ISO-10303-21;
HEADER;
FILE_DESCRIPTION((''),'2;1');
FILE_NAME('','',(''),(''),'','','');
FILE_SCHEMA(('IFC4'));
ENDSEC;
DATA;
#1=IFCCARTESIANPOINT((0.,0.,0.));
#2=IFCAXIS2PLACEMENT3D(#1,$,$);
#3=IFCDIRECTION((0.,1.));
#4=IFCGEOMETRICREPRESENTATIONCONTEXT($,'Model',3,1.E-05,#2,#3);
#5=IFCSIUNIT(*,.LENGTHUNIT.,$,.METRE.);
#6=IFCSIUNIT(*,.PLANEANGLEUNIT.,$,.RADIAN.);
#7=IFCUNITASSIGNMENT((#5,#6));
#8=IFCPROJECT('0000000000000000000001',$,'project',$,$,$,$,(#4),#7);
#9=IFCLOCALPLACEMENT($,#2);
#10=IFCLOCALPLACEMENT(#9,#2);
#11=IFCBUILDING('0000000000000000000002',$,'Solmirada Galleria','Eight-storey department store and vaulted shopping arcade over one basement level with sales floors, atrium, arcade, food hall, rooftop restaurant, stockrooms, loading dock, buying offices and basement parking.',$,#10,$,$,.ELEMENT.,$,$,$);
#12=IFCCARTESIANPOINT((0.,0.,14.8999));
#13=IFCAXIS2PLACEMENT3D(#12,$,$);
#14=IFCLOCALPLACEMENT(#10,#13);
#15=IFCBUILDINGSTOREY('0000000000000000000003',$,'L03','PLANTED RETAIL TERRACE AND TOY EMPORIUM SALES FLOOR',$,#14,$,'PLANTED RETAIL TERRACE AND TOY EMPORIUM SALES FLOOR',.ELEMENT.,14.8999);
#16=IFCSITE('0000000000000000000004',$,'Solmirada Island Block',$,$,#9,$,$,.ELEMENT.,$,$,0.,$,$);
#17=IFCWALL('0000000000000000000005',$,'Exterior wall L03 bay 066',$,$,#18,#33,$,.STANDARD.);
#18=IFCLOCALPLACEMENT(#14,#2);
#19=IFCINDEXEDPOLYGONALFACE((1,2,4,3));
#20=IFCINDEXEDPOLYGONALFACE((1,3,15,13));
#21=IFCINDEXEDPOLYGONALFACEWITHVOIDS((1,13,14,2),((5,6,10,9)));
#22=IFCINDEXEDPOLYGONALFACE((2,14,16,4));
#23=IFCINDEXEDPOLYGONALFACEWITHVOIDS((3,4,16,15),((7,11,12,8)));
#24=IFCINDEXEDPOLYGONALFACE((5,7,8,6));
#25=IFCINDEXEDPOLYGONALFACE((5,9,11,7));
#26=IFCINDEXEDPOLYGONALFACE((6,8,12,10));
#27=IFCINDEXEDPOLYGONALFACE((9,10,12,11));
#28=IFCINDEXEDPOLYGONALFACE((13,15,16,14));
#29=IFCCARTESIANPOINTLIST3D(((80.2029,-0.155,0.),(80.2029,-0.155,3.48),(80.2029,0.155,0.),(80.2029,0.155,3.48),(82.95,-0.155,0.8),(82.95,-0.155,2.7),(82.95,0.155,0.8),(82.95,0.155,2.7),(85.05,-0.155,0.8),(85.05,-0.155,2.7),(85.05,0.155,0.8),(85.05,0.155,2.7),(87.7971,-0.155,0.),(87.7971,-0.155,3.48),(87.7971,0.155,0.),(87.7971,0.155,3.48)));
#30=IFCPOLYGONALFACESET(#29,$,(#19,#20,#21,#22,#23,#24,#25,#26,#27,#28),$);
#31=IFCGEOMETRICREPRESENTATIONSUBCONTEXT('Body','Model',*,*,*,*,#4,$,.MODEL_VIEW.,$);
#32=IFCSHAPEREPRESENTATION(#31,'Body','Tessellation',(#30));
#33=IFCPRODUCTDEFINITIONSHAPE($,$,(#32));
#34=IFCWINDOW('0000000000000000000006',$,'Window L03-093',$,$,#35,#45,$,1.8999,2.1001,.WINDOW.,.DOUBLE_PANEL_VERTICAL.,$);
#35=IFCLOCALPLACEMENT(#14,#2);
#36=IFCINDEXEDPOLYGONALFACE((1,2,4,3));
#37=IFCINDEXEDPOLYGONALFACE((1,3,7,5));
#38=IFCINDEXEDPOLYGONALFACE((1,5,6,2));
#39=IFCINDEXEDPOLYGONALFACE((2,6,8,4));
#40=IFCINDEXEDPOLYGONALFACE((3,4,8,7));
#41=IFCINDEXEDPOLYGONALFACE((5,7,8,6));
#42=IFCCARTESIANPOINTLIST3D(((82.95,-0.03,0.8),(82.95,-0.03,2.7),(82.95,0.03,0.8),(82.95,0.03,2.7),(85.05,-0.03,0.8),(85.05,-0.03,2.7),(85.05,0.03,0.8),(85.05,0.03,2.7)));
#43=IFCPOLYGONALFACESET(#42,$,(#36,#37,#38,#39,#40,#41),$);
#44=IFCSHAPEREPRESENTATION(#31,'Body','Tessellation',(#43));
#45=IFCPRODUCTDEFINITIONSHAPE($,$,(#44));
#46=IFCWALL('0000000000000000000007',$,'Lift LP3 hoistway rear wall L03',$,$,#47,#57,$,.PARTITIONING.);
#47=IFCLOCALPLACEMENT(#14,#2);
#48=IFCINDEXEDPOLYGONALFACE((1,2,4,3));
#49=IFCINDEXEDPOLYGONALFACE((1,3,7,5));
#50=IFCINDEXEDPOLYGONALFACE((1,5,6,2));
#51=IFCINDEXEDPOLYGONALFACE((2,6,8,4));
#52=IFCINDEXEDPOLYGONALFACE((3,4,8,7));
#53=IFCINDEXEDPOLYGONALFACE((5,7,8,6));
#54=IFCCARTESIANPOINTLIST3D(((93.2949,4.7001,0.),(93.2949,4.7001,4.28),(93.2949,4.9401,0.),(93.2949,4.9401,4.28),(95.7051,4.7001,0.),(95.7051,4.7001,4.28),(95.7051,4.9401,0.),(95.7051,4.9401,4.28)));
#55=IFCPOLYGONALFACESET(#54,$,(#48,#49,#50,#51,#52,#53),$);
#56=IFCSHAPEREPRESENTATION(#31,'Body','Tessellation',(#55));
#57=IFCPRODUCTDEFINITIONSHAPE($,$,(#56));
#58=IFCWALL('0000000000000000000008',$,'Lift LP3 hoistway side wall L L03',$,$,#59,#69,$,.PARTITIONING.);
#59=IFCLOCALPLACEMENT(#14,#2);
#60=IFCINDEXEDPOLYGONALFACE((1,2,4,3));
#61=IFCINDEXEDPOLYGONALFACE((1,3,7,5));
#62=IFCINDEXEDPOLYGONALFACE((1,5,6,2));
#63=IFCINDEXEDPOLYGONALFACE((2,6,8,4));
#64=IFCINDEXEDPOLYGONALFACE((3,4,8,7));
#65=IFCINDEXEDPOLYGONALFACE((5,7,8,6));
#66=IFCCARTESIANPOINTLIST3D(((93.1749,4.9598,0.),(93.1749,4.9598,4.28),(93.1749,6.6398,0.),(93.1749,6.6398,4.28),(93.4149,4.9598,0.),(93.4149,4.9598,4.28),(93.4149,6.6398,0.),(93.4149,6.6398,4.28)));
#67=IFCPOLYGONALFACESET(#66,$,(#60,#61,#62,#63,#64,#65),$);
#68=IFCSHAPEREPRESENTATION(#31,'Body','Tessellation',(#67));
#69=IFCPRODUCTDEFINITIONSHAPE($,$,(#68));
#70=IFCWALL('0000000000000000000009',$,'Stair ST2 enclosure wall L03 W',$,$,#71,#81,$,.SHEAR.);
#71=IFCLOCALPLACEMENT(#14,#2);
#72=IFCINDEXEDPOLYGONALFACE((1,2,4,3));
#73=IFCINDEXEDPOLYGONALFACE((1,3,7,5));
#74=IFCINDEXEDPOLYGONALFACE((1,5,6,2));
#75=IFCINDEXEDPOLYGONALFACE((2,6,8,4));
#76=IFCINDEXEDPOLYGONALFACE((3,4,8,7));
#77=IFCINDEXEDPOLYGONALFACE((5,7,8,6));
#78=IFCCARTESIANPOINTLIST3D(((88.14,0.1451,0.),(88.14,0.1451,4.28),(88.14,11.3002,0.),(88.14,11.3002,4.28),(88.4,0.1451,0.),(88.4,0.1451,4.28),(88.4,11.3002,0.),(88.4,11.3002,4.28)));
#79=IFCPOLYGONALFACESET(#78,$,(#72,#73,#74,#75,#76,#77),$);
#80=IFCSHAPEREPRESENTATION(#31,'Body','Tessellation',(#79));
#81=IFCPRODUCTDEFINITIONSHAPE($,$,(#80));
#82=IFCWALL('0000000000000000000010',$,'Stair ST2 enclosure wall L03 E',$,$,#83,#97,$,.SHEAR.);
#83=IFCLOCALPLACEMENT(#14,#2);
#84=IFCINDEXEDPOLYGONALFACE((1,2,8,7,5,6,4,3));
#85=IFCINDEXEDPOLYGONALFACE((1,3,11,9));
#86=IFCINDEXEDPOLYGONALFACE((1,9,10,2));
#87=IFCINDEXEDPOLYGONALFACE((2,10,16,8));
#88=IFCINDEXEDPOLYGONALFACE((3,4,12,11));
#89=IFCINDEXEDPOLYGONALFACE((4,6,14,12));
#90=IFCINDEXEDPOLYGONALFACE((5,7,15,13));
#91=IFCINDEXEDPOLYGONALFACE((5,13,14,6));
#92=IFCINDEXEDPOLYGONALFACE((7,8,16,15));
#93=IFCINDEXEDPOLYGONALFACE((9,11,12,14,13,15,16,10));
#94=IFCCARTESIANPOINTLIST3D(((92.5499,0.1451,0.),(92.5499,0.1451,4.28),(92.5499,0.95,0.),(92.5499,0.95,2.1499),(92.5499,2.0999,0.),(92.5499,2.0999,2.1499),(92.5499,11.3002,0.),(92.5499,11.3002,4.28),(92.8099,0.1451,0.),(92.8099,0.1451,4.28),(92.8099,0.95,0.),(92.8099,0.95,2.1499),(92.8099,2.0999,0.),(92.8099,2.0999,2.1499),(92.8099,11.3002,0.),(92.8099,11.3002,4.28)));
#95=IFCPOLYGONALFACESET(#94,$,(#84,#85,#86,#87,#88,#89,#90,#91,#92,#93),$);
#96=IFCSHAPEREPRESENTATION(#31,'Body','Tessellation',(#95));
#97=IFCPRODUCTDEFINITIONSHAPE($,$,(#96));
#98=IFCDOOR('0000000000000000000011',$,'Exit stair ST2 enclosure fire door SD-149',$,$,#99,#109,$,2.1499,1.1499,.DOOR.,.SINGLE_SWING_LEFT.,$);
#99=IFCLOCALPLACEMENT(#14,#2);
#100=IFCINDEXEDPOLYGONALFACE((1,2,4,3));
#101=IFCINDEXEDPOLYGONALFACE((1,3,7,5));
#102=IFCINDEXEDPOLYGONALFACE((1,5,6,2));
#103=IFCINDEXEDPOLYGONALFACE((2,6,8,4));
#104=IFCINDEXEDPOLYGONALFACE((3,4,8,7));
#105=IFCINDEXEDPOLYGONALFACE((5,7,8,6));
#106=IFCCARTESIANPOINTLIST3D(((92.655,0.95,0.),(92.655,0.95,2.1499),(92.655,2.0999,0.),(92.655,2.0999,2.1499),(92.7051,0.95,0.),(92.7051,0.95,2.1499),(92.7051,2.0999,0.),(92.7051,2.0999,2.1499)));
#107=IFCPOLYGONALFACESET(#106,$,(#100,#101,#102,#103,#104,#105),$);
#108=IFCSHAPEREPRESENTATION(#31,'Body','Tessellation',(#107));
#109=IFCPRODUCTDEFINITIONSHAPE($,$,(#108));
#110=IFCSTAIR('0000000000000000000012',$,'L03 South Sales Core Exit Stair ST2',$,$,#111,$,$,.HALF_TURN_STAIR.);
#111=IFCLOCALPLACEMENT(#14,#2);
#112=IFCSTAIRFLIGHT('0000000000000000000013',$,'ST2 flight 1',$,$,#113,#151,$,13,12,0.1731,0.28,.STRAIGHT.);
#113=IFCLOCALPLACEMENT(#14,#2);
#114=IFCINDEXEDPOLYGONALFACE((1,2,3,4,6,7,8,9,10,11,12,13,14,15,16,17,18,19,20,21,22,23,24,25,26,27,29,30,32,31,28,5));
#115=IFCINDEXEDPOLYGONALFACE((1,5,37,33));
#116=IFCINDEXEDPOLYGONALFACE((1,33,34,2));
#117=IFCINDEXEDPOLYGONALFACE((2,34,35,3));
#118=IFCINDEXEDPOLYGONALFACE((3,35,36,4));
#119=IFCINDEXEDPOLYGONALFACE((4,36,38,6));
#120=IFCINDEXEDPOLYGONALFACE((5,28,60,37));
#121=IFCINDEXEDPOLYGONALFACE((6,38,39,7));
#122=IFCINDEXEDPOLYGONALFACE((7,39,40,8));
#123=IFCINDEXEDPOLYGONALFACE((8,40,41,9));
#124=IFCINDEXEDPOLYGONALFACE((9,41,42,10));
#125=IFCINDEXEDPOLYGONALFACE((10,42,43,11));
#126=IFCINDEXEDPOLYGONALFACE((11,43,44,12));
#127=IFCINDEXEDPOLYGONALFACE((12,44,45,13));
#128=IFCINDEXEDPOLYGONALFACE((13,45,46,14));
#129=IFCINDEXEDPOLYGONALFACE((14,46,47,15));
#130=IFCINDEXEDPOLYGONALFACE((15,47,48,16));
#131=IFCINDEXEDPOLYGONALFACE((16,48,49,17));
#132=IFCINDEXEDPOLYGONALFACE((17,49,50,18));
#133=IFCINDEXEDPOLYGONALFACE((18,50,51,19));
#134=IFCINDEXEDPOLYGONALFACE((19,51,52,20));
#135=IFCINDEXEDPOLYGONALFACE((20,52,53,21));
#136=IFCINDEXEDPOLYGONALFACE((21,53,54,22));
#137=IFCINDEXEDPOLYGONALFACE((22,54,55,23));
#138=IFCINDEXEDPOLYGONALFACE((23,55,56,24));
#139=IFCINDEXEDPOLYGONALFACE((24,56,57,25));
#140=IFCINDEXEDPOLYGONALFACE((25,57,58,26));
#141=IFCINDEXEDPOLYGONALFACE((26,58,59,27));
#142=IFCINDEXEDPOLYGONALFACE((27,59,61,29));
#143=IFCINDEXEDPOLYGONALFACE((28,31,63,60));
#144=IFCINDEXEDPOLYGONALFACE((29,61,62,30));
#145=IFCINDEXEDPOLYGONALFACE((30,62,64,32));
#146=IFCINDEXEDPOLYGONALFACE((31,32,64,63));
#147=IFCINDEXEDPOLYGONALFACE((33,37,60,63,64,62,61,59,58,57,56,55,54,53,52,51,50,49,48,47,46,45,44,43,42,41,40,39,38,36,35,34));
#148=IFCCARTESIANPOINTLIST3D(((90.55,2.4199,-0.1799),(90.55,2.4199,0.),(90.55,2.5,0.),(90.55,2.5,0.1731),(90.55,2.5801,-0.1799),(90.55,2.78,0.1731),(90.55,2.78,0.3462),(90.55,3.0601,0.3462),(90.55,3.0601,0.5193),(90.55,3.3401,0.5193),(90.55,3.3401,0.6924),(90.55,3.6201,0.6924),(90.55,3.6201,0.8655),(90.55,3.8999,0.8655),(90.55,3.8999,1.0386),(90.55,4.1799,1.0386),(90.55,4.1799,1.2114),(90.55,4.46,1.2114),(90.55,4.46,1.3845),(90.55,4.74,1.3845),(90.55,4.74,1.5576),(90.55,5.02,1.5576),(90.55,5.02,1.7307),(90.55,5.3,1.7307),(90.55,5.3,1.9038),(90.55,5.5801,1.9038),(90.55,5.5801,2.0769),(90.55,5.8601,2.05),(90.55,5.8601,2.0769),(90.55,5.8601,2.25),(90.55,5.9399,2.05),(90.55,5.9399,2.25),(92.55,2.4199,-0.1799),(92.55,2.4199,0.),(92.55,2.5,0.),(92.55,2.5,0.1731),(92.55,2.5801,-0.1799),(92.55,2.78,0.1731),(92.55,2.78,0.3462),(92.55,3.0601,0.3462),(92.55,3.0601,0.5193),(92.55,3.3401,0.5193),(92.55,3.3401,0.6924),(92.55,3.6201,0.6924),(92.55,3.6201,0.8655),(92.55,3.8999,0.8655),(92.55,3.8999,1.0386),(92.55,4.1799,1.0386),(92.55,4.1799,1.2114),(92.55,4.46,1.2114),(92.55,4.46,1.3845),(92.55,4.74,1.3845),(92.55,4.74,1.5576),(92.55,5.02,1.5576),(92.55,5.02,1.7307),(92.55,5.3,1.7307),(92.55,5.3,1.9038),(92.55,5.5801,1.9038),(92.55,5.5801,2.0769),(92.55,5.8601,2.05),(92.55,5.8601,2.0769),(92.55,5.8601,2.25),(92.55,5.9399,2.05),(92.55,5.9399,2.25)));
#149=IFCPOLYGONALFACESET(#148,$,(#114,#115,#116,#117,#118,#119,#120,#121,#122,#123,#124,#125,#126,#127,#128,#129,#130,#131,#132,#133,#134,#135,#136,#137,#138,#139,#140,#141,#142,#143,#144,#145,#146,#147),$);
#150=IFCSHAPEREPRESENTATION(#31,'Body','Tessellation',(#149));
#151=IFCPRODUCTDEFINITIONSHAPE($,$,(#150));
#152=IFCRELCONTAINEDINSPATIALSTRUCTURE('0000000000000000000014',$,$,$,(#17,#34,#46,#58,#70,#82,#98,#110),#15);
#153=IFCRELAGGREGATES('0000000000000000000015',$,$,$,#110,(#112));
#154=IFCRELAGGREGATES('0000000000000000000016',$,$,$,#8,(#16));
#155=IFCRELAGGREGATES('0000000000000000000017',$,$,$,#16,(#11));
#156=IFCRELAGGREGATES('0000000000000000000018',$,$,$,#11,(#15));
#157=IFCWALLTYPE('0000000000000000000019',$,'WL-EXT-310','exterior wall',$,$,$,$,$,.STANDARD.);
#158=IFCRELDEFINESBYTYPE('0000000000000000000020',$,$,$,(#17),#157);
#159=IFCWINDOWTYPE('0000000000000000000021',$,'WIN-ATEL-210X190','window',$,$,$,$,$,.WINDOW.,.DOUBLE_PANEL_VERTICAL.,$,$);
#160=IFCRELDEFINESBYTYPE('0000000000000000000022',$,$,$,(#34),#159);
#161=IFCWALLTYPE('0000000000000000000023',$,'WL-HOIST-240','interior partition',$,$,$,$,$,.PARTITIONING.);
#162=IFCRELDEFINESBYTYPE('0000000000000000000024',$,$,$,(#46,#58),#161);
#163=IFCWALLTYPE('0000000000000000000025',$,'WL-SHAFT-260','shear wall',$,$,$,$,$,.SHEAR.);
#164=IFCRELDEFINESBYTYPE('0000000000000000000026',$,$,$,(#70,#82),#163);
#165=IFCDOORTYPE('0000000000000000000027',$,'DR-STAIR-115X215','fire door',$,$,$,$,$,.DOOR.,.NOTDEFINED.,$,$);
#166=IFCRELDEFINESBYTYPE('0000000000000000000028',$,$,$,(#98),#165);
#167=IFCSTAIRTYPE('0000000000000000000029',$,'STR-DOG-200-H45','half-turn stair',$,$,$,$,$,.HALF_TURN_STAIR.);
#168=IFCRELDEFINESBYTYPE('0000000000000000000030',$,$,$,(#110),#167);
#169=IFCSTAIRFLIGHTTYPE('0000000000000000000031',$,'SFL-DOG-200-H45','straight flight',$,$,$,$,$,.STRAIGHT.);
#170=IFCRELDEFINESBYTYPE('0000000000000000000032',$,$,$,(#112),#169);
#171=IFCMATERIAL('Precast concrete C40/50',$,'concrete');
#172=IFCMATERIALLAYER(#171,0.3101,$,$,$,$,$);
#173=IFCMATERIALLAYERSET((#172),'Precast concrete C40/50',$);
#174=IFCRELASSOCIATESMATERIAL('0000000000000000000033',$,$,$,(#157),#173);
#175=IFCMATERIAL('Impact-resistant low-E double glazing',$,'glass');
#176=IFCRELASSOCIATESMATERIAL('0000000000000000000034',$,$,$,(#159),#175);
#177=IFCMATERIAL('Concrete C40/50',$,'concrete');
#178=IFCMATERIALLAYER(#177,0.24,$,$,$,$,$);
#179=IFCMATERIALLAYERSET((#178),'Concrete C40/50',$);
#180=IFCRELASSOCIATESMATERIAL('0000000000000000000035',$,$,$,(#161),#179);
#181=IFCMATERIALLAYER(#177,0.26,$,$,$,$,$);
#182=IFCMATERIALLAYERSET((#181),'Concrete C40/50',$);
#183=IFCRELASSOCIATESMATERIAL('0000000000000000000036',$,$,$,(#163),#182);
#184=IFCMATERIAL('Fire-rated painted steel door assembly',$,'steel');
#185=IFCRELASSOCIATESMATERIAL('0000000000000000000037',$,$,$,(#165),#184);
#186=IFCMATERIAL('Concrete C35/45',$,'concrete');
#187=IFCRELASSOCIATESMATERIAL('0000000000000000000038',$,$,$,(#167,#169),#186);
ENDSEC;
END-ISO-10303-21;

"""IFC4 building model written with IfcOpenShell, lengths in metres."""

from ifc_helpers import new_model, si_unit, direction, frame, frame_2d, origin, place, context, subcontext, project, spatial, polyline, rectangle, outline, extrude, material, layer, layer_set, type_object, element, fill, aggregate, save


model = new_model("IFC4")

# Units and contexts
model_context = context("Model", 3, precision=1e-05, world=origin(), true_north=direction((0.0, 1.0)))
body_context = subcontext(model_context, "Body", "Model", "MODEL_VIEW")
ifc_project = project(units=[si_unit("LENGTHUNIT", "METRE"), si_unit("PLANEANGLEUNIT", "RADIAN")], contexts=[model_context])

# Site, building, storey
site_placement = place(None, origin())
site = spatial("IfcSite", under=ifc_project, at=site_placement, Name="Solmirada Island Block", CompositionType="ELEMENT", RefElevation=0.0)
building_placement = place(site_placement, origin())
building = spatial("IfcBuilding", under=site, at=building_placement, Name="Solmirada Galleria", Description="Eight-storey department store and vaulted shopping arcade over one basement level with sales floors, atrium, arcade, food hall, rooftop restaurant, stockrooms, loading dock, buying offices and basement parking.", CompositionType="ELEMENT")
storey_placement = place(building_placement, frame((0.0, 0.0, 14.8999)))
storey = spatial("IfcBuildingStorey", under=building, at=storey_placement, Name="L03", Description="PLANTED RETAIL TERRACE AND TOY EMPORIUM SALES FLOOR", LongName="PLANTED RETAIL TERRACE AND TOY EMPORIUM SALES FLOOR", CompositionType="ELEMENT", Elevation=14.8999)

# Shared definitions
ifc_material_1 = material(Name="Concrete C40/50", Category="concrete")

# Shared definitions
ifc_material_2 = material(Name="Fire-rated painted steel door assembly", Category="steel")

# Shared definitions
ifc_material_3 = material(Name="Precast concrete C40/50", Category="concrete")
ifc_layer_1 = layer(ifc_material_3, 0.3101)
ifc_layer_set_1 = layer_set([ifc_layer_1], Name="Precast concrete C40/50")
wall_type_1 = type_object("IfcWallType", Name="WL-EXT-310", Description="exterior wall", PredefinedType="STANDARD", material=ifc_layer_set_1)

# Wall, opening, window
wall_1_placement = place(storey_placement, frame((87.7971, 0.0, 0.0), z_axis=(0.0, 0.0, 1.0), x_axis=(-1.0, 0.0, 0.0)))
wall_1 = element("IfcWall", 1, at=wall_1_placement, inside=storey, type_object=wall_type_1, Name="Exterior wall L03 bay 066", PredefinedType="STANDARD", context=body_context, shape_type="SweptSolid", body=[
    extrude(rectangle(XDim=7.5942, YDim=0.3101, at=frame_2d((3.7971, 0.0))), origin(), (0.0, 0.0, 1.0), 3.48),
])
opening_1_placement = place(wall_1_placement, frame((2.7471, 0.0, 0.8)))
opening_1 = element("IfcOpeningElement", 2, at=opening_1_placement, cuts=wall_1, PredefinedType="OPENING", context=body_context, shape_type="SweptSolid", body=[
    extrude(rectangle(XDim=2.1001, YDim=1.8999, at=frame_2d((1.05, 0.95))), frame((0.0, 0.165, 0.0), z_axis=(0.0, -1.0, 0.0), x_axis=(1.0, 0.0, 0.0)), (0.0, 0.0, 1.0), 0.3301),
])
ifc_material_4 = material(Name="Impact-resistant low-E double glazing", Category="glass")
window_type = type_object("IfcWindowType", Name="WIN-ATEL-210X190", Description="window", PartitioningType="DOUBLE_PANEL_VERTICAL", PredefinedType="WINDOW", material=ifc_material_4)
window_placement = place(opening_1_placement, origin())
window = element("IfcWindow", 3, at=window_placement, inside=storey, type_object=window_type, Name="Window L03-093", OverallHeight=1.8999, OverallWidth=2.1001, PartitioningType="DOUBLE_PANEL_VERTICAL", PredefinedType="WINDOW", context=body_context, shape_type="SweptSolid", body=[
    extrude(rectangle(XDim=2.1001, YDim=1.8999, at=frame_2d((1.05, 0.95))), frame((0.0, 0.03, 0.0), z_axis=(0.0, -1.0, 0.0), x_axis=(1.0, 0.0, 0.0)), (0.0, 0.0, 1.0), 0.0601),
])
fill(opening_1, window)

# Shared definitions
ifc_layer_2 = layer(ifc_material_1, 0.24)
ifc_layer_set_2 = layer_set([ifc_layer_2], Name="Concrete C40/50")
wall_type_2 = type_object("IfcWallType", Name="WL-HOIST-240", Description="interior partition", PredefinedType="PARTITIONING", material=ifc_layer_set_2)

# Walls
wall_2_placement = place(storey_placement, frame((93.2949, 4.8201, 0.0), z_axis=(0.0, 0.0, 1.0), x_axis=(1.0, 0.0, 0.0)))
element("IfcWall", 4, at=wall_2_placement, inside=storey, type_object=wall_type_2, Name="Lift LP3 hoistway rear wall L03", PredefinedType="PARTITIONING", context=body_context, shape_type="SweptSolid", body=[
    extrude(rectangle(XDim=2.4102, YDim=0.24, at=frame_2d((1.2051, 0.0))), origin(), (0.0, 0.0, 1.0), 4.28),
])
wall_3_placement = place(storey_placement, frame((93.2949, 4.96, 0.0), z_axis=(0.0, 0.0, 1.0), x_axis=(0.0, 1.0, 0.0)))
element("IfcWall", 5, at=wall_3_placement, inside=storey, type_object=wall_type_2, Name="Lift LP3 hoistway side wall L L03", PredefinedType="PARTITIONING", context=body_context, shape_type="SweptSolid", body=[
    extrude(rectangle(XDim=1.6799, YDim=0.24, at=frame_2d((0.8398, 0.0))), origin(), (0.0, 0.0, 1.0), 4.28),
])
ifc_layer_3 = layer(ifc_material_1, 0.26)
ifc_layer_set_3 = layer_set([ifc_layer_3], Name="Concrete C40/50")
wall_type_3 = type_object("IfcWallType", Name="WL-SHAFT-260", Description="shear wall", PredefinedType="SHEAR", material=ifc_layer_set_3)
wall_4_placement = place(storey_placement, frame((88.27, 0.145, 0.0), z_axis=(0.0, 0.0, 1.0), x_axis=(0.0, 1.0, 0.0)))
element("IfcWall", 6, at=wall_4_placement, inside=storey, type_object=wall_type_3, Name="Stair ST2 enclosure wall L03 W", PredefinedType="SHEAR", context=body_context, shape_type="SweptSolid", body=[
    extrude(rectangle(XDim=11.155, YDim=0.26, at=frame_2d((5.5776, 0.0))), origin(), (0.0, 0.0, 1.0), 4.28),
])

# Wall, opening, door
wall_5_placement = place(storey_placement, frame((92.6799, 0.145, 0.0), z_axis=(0.0, 0.0, 1.0), x_axis=(0.0, 1.0, 0.0)))
wall_5 = element("IfcWall", 7, at=wall_5_placement, inside=storey, type_object=wall_type_3, Name="Stair ST2 enclosure wall L03 E", PredefinedType="SHEAR", context=body_context, shape_type="SweptSolid", body=[
    extrude(rectangle(XDim=11.155, YDim=0.26, at=frame_2d((5.5776, 0.0))), origin(), (0.0, 0.0, 1.0), 4.28),
])
opening_2_placement = place(wall_5_placement, frame((0.8049, 0.0, 0.0)))
opening_2 = element("IfcOpeningElement", 8, at=opening_2_placement, cuts=wall_5, PredefinedType="OPENING", context=body_context, shape_type="SweptSolid", body=[
    extrude(rectangle(XDim=1.1499, YDim=2.1499, at=frame_2d((0.575, 1.075))), frame((0.0, 0.1399, 0.0), z_axis=(0.0, -1.0, 0.0), x_axis=(1.0, 0.0, 0.0)), (0.0, 0.0, 1.0), 0.28),
])
door_type_1 = type_object("IfcDoorType", Name="DR-STAIR-115X215", Description="fire door", OperationType="NOTDEFINED", PredefinedType="DOOR", material=ifc_material_2)
door_1_placement = place(opening_2_placement, origin())
door_1 = element("IfcDoor", 9, at=door_1_placement, inside=storey, type_object=door_type_1, Name="Exit stair ST2 enclosure fire door SD-149", OperationType="SINGLE_SWING_LEFT", OverallHeight=2.1499, OverallWidth=1.1499, PredefinedType="DOOR", context=body_context, shape_type="SweptSolid", body=[
    extrude(rectangle(XDim=1.1499, YDim=2.1499, at=frame_2d((0.575, 1.075))), frame((0.0, 0.0249, 0.0), z_axis=(0.0, -1.0, 0.0), x_axis=(1.0, 0.0, 0.0)), (0.0, 0.0, 1.0), 0.05),
])
fill(opening_2, door_1)

# Stair, stair flight
ifc_material_5 = material(Name="Concrete C35/45", Category="concrete")
stair_type = type_object("IfcStairType", Name="STR-DOG-200-H45", Description="half-turn stair", PredefinedType="HALF_TURN_STAIR", material=ifc_material_5)
stair_placement = place(storey_placement, origin())
stair = element("IfcStair", 10, at=stair_placement, inside=storey, type_object=stair_type, Name="L03 South Sales Core Exit Stair ST2", PredefinedType="HALF_TURN_STAIR")
stair_flight_type = type_object("IfcStairFlightType", Name="SFL-DOG-200-H45", Description="straight flight", PredefinedType="STRAIGHT", material=ifc_material_5)
stair_flight_1_placement = place(storey_placement, frame((91.55, 2.5, 0.0), z_axis=(0.0, 0.0, 1.0), x_axis=(0.0, 1.0, 0.0)))
stair_flight_1 = element("IfcStairFlight", 11, at=stair_flight_1_placement, type_object=stair_flight_type, Name="ST2 flight 1", NumberOfRisers=13, NumberOfTreads=12, PredefinedType="STRAIGHT", RiserHeight=0.1731, TreadLength=0.28, context=body_context, shape_type="SweptSolid", body=[
    extrude(outline(polyline([(-0.0801, 0.0), (0.0, 0.0), (0.0, 0.1731), (0.28, 0.1731), (0.28, 0.3462), (0.5601, 0.3462), (0.5601, 0.5193), (0.8401, 0.5193), (0.8401, 0.6924), (1.1201, 0.6924), (1.1201, 0.8655), (1.3999, 0.8655), (1.3999, 1.0386), (1.6799, 1.0386), (1.6799, 1.2114), (1.96, 1.2114), (1.96, 1.3845), (2.24, 1.3845), (2.24, 1.5576), (2.52, 1.5576), (2.52, 1.7307), (2.8, 1.7307), (2.8, 1.9038), (3.0801, 1.9038), (3.0801, 2.0769), (3.3601, 2.0769), (3.3601, 2.25), (3.4399, 2.25), (3.4399, 2.05), (3.3601, 2.05), (0.0801, -0.1799), (-0.0801, -0.1799), (-0.0801, 0.0)])), frame((0.0, 1.0, 0.0), z_axis=(0.0, -1.0, 0.0), x_axis=(1.0, 0.0, 0.0)), (0.0, 0.0, 1.0), 2.0),
])
aggregate(stair, [stair_flight_1])

save(model, "model.ifc")
